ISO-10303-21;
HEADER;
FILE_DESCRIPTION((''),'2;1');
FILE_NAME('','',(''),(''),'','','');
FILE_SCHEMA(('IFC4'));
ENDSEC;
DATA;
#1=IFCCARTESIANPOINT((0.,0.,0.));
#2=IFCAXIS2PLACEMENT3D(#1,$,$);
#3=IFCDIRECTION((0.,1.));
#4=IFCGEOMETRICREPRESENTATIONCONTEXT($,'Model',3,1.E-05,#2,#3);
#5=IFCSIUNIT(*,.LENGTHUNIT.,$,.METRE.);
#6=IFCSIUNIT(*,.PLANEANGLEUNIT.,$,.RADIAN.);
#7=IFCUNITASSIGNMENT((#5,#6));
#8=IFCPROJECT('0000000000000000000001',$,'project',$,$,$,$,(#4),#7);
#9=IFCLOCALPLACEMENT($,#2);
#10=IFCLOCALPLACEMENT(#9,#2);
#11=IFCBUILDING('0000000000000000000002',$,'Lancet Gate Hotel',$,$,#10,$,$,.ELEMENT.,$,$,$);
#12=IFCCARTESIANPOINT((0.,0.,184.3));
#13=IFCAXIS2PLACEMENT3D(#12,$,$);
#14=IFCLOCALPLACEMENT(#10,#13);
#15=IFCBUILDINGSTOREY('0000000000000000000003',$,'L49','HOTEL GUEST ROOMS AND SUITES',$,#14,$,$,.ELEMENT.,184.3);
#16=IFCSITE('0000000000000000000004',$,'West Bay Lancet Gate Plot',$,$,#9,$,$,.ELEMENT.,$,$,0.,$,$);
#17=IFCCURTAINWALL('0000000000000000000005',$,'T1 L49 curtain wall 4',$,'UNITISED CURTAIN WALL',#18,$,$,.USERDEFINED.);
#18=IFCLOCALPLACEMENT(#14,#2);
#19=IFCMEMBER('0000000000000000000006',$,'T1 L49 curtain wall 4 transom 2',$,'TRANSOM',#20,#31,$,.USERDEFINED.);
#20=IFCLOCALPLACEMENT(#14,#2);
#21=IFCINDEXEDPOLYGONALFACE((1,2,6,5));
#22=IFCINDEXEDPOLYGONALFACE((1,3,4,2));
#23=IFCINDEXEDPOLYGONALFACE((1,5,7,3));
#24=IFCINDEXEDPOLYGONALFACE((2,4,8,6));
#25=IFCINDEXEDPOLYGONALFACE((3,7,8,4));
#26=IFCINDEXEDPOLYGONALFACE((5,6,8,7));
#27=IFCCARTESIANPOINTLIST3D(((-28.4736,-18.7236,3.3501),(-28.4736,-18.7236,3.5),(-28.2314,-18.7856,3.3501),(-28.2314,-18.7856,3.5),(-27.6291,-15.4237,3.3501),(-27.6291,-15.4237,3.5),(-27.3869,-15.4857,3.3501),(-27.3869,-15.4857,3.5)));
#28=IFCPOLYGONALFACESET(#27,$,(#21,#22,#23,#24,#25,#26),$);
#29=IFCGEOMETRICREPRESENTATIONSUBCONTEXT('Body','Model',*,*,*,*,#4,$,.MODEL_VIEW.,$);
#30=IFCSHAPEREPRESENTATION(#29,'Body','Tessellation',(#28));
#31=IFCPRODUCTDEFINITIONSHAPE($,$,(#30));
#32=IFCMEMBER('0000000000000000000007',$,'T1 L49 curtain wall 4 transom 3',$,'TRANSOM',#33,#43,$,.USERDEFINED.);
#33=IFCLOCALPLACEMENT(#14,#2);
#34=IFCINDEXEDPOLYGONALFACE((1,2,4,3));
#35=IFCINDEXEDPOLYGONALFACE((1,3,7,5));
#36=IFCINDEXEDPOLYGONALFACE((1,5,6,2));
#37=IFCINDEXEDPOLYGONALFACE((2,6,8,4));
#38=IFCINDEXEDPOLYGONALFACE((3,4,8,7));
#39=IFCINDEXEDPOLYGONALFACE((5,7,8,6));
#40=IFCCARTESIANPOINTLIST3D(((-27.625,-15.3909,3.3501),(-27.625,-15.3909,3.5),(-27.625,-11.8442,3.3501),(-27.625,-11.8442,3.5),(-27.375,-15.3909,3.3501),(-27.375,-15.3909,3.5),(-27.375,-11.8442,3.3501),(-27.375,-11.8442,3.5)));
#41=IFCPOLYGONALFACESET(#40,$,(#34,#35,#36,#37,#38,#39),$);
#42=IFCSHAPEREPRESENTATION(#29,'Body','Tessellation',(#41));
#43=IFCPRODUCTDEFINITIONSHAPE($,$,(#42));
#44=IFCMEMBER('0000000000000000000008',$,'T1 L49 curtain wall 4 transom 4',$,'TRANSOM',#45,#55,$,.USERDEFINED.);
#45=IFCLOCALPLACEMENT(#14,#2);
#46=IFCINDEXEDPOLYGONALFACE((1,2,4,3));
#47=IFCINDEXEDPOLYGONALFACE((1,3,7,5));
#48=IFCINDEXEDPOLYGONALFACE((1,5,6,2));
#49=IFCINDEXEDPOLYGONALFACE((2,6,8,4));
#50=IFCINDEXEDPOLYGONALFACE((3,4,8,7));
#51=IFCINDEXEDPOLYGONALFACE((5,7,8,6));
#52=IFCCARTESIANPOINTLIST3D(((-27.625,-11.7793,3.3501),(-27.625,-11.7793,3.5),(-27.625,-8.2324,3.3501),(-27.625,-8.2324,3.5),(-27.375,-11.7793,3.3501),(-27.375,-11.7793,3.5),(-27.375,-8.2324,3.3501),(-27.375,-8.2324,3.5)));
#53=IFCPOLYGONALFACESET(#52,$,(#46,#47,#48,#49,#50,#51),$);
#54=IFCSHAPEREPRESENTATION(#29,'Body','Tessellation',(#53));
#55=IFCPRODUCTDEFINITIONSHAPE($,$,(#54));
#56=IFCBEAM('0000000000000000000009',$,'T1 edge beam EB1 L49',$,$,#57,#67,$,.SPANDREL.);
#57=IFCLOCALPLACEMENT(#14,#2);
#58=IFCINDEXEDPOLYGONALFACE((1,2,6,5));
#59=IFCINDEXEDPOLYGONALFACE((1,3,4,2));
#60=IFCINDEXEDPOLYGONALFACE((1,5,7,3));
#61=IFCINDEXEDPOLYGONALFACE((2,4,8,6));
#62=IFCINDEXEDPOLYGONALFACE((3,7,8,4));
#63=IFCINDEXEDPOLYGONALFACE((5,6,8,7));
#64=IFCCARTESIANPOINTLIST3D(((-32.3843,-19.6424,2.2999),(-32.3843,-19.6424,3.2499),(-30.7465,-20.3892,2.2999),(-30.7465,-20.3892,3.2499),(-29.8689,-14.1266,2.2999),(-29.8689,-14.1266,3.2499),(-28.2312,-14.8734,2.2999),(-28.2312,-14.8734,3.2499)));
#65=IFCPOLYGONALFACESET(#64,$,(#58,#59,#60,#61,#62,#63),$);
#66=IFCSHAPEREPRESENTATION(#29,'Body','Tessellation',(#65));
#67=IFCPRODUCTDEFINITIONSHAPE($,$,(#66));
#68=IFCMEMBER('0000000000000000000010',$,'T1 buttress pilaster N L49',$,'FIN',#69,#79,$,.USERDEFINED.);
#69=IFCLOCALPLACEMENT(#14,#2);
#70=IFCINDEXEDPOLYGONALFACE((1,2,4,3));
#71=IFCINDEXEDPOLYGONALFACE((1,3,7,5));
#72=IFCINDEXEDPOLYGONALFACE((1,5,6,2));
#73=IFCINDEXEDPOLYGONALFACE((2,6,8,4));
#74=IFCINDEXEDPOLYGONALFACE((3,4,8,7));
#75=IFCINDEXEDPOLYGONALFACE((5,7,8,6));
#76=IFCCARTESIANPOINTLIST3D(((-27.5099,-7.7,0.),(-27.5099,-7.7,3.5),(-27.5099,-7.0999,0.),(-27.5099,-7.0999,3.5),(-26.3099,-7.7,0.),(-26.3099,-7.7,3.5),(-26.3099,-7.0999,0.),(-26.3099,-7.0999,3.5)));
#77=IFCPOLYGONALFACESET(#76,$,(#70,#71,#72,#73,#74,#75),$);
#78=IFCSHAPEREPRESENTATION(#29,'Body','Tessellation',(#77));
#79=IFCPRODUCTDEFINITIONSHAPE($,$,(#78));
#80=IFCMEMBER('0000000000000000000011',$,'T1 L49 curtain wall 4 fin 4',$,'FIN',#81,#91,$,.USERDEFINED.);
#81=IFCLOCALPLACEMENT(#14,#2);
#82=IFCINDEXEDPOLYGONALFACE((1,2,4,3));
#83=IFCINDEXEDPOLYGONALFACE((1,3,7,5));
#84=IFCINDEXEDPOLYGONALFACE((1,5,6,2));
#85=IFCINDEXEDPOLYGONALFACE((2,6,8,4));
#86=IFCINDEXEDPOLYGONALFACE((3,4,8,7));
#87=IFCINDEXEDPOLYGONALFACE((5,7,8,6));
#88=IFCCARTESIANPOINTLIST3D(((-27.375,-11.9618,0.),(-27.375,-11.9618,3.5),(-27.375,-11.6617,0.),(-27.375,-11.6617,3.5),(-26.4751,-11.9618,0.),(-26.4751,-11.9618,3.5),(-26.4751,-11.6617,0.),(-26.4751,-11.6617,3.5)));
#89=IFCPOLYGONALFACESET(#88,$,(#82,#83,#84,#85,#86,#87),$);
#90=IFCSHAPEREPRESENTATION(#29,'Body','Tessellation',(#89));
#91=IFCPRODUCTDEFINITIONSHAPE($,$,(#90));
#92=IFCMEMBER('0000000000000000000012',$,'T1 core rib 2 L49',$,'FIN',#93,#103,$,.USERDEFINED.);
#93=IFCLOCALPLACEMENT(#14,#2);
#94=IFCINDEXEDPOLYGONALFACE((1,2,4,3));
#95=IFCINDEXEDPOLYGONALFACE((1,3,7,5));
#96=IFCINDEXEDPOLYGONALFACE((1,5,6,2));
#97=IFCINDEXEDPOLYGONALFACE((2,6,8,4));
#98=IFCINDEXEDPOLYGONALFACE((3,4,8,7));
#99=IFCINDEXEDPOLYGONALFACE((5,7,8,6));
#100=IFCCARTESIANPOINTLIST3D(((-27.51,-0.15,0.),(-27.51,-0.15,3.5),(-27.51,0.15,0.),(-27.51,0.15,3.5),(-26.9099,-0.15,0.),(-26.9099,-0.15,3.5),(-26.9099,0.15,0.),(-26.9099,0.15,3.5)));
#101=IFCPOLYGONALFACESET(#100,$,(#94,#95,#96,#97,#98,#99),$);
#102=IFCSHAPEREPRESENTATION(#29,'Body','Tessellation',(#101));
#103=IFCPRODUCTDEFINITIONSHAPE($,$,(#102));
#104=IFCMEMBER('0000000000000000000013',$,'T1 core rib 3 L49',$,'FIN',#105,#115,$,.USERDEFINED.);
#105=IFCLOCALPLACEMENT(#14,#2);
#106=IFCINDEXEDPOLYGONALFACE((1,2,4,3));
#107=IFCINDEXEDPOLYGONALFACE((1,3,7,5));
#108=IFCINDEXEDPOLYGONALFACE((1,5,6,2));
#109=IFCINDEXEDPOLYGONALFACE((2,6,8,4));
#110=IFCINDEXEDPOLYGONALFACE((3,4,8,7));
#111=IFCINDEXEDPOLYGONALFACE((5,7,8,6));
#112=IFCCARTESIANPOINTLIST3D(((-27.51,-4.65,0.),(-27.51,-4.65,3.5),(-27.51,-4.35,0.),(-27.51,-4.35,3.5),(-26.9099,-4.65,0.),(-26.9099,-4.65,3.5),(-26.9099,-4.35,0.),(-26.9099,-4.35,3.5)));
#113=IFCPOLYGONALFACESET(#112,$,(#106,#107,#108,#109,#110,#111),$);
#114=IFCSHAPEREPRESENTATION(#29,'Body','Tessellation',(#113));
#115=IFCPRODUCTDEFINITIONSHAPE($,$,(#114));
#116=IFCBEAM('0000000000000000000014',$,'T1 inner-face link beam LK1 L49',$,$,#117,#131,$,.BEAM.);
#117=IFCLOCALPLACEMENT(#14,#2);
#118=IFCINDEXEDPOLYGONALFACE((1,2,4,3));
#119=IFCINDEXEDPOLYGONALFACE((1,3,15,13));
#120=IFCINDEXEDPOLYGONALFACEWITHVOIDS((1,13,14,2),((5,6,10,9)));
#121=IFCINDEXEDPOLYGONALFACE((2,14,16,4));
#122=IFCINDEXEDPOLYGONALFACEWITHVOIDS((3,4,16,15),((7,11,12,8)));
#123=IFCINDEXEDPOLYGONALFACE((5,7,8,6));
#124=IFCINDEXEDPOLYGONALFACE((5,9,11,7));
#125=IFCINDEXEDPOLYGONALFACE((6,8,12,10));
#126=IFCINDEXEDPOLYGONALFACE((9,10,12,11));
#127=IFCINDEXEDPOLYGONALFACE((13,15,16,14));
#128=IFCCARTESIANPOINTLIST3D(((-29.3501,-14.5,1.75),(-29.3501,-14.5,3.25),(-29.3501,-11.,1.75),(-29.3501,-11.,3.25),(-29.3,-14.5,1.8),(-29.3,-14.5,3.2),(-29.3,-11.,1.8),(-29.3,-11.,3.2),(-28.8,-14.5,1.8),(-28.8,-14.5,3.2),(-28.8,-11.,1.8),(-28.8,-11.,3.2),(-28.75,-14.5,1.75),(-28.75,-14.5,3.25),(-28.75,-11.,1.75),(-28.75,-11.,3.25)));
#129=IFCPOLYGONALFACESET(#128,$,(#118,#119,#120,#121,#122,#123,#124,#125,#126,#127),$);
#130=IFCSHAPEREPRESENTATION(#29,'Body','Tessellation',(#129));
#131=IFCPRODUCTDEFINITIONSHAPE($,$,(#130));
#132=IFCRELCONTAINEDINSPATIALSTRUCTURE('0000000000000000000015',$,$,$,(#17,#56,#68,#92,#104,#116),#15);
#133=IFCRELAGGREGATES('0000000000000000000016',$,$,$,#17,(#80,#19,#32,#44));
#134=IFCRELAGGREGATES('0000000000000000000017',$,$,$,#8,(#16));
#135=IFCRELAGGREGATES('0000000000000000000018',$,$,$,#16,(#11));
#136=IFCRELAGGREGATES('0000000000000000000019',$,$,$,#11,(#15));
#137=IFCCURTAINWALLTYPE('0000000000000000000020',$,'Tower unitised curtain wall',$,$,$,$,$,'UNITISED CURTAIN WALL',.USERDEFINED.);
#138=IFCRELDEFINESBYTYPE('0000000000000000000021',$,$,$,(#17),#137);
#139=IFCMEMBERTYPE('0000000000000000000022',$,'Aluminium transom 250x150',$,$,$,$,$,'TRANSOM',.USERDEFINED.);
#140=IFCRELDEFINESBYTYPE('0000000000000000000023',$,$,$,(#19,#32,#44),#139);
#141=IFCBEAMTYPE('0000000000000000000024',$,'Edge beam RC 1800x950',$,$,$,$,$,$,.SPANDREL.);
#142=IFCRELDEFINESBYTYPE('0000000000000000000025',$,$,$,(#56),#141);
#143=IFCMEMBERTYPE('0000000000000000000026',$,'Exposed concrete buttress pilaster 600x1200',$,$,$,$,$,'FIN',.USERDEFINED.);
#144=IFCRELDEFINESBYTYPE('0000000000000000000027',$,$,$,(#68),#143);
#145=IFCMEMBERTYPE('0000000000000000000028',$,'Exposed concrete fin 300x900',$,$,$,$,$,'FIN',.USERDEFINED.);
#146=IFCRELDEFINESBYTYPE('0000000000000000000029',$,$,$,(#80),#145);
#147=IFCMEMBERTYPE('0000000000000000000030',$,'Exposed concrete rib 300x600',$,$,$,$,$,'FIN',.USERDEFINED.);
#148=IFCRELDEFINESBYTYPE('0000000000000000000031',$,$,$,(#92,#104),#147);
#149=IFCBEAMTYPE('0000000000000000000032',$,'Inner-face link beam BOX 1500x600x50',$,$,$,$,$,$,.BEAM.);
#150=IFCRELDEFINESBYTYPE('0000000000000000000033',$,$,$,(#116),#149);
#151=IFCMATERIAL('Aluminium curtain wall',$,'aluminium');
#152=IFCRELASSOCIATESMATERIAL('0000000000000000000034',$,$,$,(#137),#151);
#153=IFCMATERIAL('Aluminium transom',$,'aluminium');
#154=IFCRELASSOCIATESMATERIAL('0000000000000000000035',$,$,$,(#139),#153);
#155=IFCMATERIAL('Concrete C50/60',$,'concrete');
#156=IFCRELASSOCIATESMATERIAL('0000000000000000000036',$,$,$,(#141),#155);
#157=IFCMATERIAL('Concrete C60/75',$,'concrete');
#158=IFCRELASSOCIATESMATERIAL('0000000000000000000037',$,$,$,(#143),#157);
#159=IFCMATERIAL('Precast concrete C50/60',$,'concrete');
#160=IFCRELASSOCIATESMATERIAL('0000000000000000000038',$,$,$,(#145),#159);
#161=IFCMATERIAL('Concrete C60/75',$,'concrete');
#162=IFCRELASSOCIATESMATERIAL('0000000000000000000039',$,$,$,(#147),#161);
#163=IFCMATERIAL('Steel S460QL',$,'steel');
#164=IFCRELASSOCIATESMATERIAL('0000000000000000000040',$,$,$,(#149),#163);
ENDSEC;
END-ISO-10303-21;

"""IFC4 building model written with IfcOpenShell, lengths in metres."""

from ifc_helpers import new_model, si_unit, direction, frame, origin, origin_2d, place, context, subcontext, project, spatial, rectangle, hollow_rectangle, extrude, material, material_profile, profile_set, type_object, element, aggregate, save


model = new_model("IFC4")

# Units and contexts
model_context = context("Model", 3, precision=1e-05, world=origin(), true_north=direction((0.0, 1.0)))
body_context = subcontext(model_context, "Body", "Model", "MODEL_VIEW")
ifc_project = project(units=[si_unit("LENGTHUNIT", "METRE"), si_unit("PLANEANGLEUNIT", "RADIAN")], contexts=[model_context])

# Site, building, storey
site_placement = place(None, origin())
site = spatial("IfcSite", under=ifc_project, at=site_placement, Name="West Bay Lancet Gate Plot", CompositionType="ELEMENT", RefElevation=0.0)
building_placement = place(site_placement, origin())
building = spatial("IfcBuilding", under=site, at=building_placement, Name="Lancet Gate Hotel", CompositionType="ELEMENT")
storey_placement = place(building_placement, frame((0.0, 0.0, 184.3)))
storey = spatial("IfcBuildingStorey", under=building, at=storey_placement, Name="L49", Description="HOTEL GUEST ROOMS AND SUITES", CompositionType="ELEMENT", Elevation=184.3)

# Curtain wall, members
ifc_material_1 = material(Name="Aluminium curtain wall", Category="aluminium")
curtain_wall_type = type_object("IfcCurtainWallType", Name="Tower unitised curtain wall", ElementType="UNITISED CURTAIN WALL", PredefinedType="USERDEFINED", material=ifc_material_1)
curtain_wall_placement = place(storey_placement, origin())
curtain_wall = element("IfcCurtainWall", 1, at=curtain_wall_placement, inside=storey, type_object=curtain_wall_type, Name="T1 L49 curtain wall 4", ObjectType="UNITISED CURTAIN WALL", PredefinedType="USERDEFINED")
ifc_material_2 = material(Name="Aluminium transom", Category="aluminium")
ifc_material_profile_1 = material_profile(ifc_material_2, rectangle(XDim=0.25, YDim=0.1499, at=origin_2d()), Name="TRANSOM 250x150")
ifc_profile_set_1 = profile_set([ifc_material_profile_1], Name="Aluminium transom")
member_type_1 = type_object("IfcMemberType", Name="Aluminium transom 250x150", ElementType="TRANSOM", PredefinedType="USERDEFINED", material=ifc_profile_set_1)
member_1_placement = place(storey_placement, frame((-28.3525, -18.7546, 3.425), z_axis=(0.247929, 0.968778, 0.0), x_axis=(-0.968778, 0.247929, 0.0)))
member_1 = element("IfcMember", 2, at=member_1_placement, type_object=member_type_1, Name="T1 L49 curtain wall 4 transom 2", ObjectType="TRANSOM", PredefinedType="USERDEFINED", context=body_context, shape_type="SweptSolid", body=[
    extrude(rectangle(XDim=0.25, YDim=0.1499, at=origin_2d()), origin(), (0.0, 0.0, 1.0), 3.4062),
])
member_2_placement = place(storey_placement, frame((-27.5, -15.3909, 3.425), z_axis=(0.0, 1.0, 0.0), x_axis=(-1.0, 0.0, 0.0)))
member_2 = element("IfcMember", 3, at=member_2_placement, type_object=member_type_1, Name="T1 L49 curtain wall 4 transom 3", ObjectType="TRANSOM", PredefinedType="USERDEFINED", context=body_context, shape_type="SweptSolid", body=[
    extrude(rectangle(XDim=0.25, YDim=0.1499, at=origin_2d()), origin(), (0.0, 0.0, 1.0), 3.5466),
])
member_3_placement = place(storey_placement, frame((-27.5, -11.7793, 3.425), z_axis=(0.0, 1.0, 0.0), x_axis=(-1.0, 0.0, 0.0)))
member_3 = element("IfcMember", 4, at=member_3_placement, type_object=member_type_1, Name="T1 L49 curtain wall 4 transom 4", ObjectType="TRANSOM", PredefinedType="USERDEFINED", context=body_context, shape_type="SweptSolid", body=[
    extrude(rectangle(XDim=0.25, YDim=0.1499, at=origin_2d()), origin(), (0.0, 0.0, 1.0), 3.5469),
])

# Beam
ifc_material_3 = material(Name="Concrete C50/60", Category="concrete")
ifc_material_profile_2 = material_profile(ifc_material_3, rectangle(XDim=1.8, YDim=0.95, at=origin_2d()), Name="RC 1800x950")
ifc_profile_set_2 = profile_set([ifc_material_profile_2], Name="Concrete C50/60")
beam_type_1 = type_object("IfcBeamType", Name="Edge beam RC 1800x950", PredefinedType="SPANDREL", material=ifc_profile_set_2)
beam_1_placement = place(storey_placement, frame((-29.05, -14.5, 2.7749), z_axis=(-0.414919, -0.909858, 0.0), x_axis=(0.909858, -0.414919, 0.0)))
element("IfcBeam", 5, at=beam_1_placement, inside=storey, type_object=beam_type_1, Name="T1 edge beam EB1 L49", PredefinedType="SPANDREL", context=body_context, shape_type="SweptSolid", body=[
    extrude(rectangle(XDim=1.8, YDim=0.95, at=origin_2d()), origin(), (0.0, 0.0, 1.0), 6.0623),
])

# Members
ifc_material_4 = material(Name="Concrete C60/75", Category="concrete")
ifc_material_profile_3 = material_profile(ifc_material_4, rectangle(XDim=0.6001, YDim=1.2, at=origin_2d()), Name="FIN 600x1200")
ifc_profile_set_3 = profile_set([ifc_material_profile_3], Name="Concrete C60/75")
member_type_2 = type_object("IfcMemberType", Name="Exposed concrete buttress pilaster 600x1200", ElementType="FIN", PredefinedType="USERDEFINED", material=ifc_profile_set_3)
member_4_placement = place(storey_placement, frame((-26.9099, -7.3999, 0.0), z_axis=(0.0, 0.0, 1.0), x_axis=(0.0, 1.0, 0.0)))
element("IfcMember", 6, at=member_4_placement, inside=storey, type_object=member_type_2, Name="T1 buttress pilaster N L49", ObjectType="FIN", PredefinedType="USERDEFINED", context=body_context, shape_type="SweptSolid", body=[
    extrude(rectangle(XDim=0.6001, YDim=1.2, at=origin_2d()), origin(), (0.0, 0.0, 1.0), 3.5),
])
ifc_material_5 = material(Name="Precast concrete C50/60", Category="concrete")
ifc_material_profile_4 = material_profile(ifc_material_5, rectangle(XDim=0.3, YDim=0.8999, at=origin_2d()), Name="FIN 300x900")
ifc_profile_set_4 = profile_set([ifc_material_profile_4], Name="Precast concrete C50/60")
member_type_3 = type_object("IfcMemberType", Name="Exposed concrete fin 300x900", ElementType="FIN", PredefinedType="USERDEFINED", material=ifc_profile_set_4)
member_5_placement = place(storey_placement, frame((-26.925, -11.8118, 0.0), z_axis=(0.0, 0.0, 1.0), x_axis=(0.0, 1.0, 0.0)))
member_5 = element("IfcMember", 7, at=member_5_placement, type_object=member_type_3, Name="T1 L49 curtain wall 4 fin 4", ObjectType="FIN", PredefinedType="USERDEFINED", context=body_context, shape_type="SweptSolid", body=[
    extrude(rectangle(XDim=0.3, YDim=0.8999, at=origin_2d()), origin(), (0.0, 0.0, 1.0), 3.5),
])

# Members
ifc_material_6 = material(Name="Concrete C60/75", Category="concrete")
ifc_material_profile_5 = material_profile(ifc_material_6, rectangle(XDim=0.3, YDim=0.6001, at=origin_2d()), Name="FIN 300x600")
ifc_profile_set_5 = profile_set([ifc_material_profile_5], Name="Concrete C60/75")
member_type_4 = type_object("IfcMemberType", Name="Exposed concrete rib 300x600", ElementType="FIN", PredefinedType="USERDEFINED", material=ifc_profile_set_5)
for number, where, z_axis, x_axis, name in (
    (8, (-27.21, 0.0, 0.0), (0.0, 0.0, 1.0), (0.0, 1.0, 0.0), "T1 core rib 2 L49"),
    (9, (-27.21, -4.5, 0.0), (0.0, 0.0, 1.0), (0.0, 1.0, 0.0), "T1 core rib 3 L49"),
):
    element("IfcMember", number, at=place(storey_placement, frame(where, z_axis=z_axis, x_axis=x_axis)), inside=storey, type_object=member_type_4, Name=name, ObjectType="FIN", PredefinedType="USERDEFINED", context=body_context, shape_type="SweptSolid", body=[
        extrude(rectangle(XDim=0.3, YDim=0.6001, at=origin_2d()), origin(), (0.0, 0.0, 1.0), 3.5),
    ])

# Beam
ifc_material_7 = material(Name="Steel S460QL", Category="steel")
ifc_material_profile_6 = material_profile(ifc_material_7, hollow_rectangle(XDim=0.6001, YDim=1.5, WallThickness=0.05, at=origin_2d()), Name="BOX 1500x600x50")
ifc_profile_set_6 = profile_set([ifc_material_profile_6], Name="Steel S460QL")
beam_type_2 = type_object("IfcBeamType", Name="Inner-face link beam BOX 1500x600x50", PredefinedType="BEAM", material=ifc_profile_set_6)
beam_2_placement = place(storey_placement, frame((-29.05, -11.0, 2.5), z_axis=(0.0, -1.0, 0.0), x_axis=(1.0, 0.0, 0.0)))
element("IfcBeam", 10, at=beam_2_placement, inside=storey, type_object=beam_type_2, Name="T1 inner-face link beam LK1 L49", PredefinedType="BEAM", context=body_context, shape_type="SweptSolid", body=[
    extrude(hollow_rectangle(XDim=0.6001, YDim=1.5, WallThickness=0.05, at=origin_2d()), origin(), (0.0, 0.0, 1.0), 3.5),
])

aggregate(curtain_wall, [member_5, member_1, member_2, member_3])

save(model, "model.ifc")
